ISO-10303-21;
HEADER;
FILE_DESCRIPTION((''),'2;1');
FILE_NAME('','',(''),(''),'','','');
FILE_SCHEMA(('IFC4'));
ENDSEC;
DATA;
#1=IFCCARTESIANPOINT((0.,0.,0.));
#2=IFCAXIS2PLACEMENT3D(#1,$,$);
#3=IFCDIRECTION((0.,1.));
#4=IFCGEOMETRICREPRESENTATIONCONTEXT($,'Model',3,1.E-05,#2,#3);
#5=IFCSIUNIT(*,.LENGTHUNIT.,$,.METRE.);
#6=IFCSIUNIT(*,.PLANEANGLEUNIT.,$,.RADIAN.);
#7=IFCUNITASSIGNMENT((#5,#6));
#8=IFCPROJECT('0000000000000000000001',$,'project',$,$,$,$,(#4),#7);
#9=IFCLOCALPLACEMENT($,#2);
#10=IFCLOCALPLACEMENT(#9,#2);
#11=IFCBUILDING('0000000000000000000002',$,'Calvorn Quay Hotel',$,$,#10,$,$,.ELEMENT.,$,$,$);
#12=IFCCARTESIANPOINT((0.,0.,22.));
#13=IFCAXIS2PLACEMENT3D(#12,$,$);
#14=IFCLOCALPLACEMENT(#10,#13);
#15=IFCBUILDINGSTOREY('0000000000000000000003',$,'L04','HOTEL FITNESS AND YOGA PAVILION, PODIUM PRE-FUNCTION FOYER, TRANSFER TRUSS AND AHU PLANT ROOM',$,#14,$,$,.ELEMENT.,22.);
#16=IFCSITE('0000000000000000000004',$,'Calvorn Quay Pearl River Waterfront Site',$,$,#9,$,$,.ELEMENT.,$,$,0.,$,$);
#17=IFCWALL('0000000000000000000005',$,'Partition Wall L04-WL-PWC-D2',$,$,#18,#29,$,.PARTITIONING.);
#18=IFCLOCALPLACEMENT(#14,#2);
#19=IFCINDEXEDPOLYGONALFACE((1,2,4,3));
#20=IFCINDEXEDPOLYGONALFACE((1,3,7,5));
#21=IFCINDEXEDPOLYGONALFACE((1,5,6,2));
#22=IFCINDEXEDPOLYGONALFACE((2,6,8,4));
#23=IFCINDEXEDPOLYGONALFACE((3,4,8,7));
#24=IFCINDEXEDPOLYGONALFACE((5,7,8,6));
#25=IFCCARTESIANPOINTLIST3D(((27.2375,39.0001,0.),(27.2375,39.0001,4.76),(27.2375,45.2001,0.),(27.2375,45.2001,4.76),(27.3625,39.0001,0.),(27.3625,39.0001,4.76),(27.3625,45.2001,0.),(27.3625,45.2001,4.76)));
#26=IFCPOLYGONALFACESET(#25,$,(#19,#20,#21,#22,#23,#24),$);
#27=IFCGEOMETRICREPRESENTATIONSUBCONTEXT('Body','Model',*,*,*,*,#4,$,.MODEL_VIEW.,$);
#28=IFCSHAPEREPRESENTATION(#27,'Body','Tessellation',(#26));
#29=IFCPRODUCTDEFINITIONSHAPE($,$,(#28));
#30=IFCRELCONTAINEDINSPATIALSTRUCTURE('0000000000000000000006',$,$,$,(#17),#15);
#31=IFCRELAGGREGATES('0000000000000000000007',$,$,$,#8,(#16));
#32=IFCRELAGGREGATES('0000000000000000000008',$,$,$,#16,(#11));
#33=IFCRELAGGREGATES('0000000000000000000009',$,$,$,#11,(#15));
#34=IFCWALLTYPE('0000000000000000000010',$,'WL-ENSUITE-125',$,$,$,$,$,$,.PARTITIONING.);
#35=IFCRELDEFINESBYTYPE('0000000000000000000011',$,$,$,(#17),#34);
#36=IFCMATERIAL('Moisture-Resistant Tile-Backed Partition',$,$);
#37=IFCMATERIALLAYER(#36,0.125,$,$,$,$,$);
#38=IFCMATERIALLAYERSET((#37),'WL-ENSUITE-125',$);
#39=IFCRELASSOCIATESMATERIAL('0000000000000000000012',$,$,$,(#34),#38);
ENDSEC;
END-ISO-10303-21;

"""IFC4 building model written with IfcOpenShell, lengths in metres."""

from ifc_helpers import new_model, si_unit, direction, frame, frame_2d, origin, place, context, subcontext, project, spatial, rectangle, extrude, material, layer, layer_set, type_object, element, save


model = new_model("IFC4")

# Units and contexts
model_context = context("Model", 3, precision=1e-05, world=origin(), true_north=direction((0.0, 1.0)))
body_context = subcontext(model_context, "Body", "Model", "MODEL_VIEW")
ifc_project = project(units=[si_unit("LENGTHUNIT", "METRE"), si_unit("PLANEANGLEUNIT", "RADIAN")], contexts=[model_context])

# Site, building, storey
site_placement = place(None, origin())
site = spatial("IfcSite", under=ifc_project, at=site_placement, Name="Calvorn Quay Pearl River Waterfront Site", CompositionType="ELEMENT", RefElevation=0.0)
building_placement = place(site_placement, origin())
building = spatial("IfcBuilding", under=site, at=building_placement, Name="Calvorn Quay Hotel", CompositionType="ELEMENT")
storey_placement = place(building_placement, frame((0.0, 0.0, 22.0)))
storey = spatial("IfcBuildingStorey", under=building, at=storey_placement, Name="L04", Description="HOTEL FITNESS AND YOGA PAVILION, PODIUM PRE-FUNCTION FOYER, TRANSFER TRUSS AND AHU PLANT ROOM", CompositionType="ELEMENT", Elevation=22.0)

# Wall
ifc_material_1 = material(Name="Moisture-Resistant Tile-Backed Partition")
ifc_layer_1 = layer(ifc_material_1, 0.125)
ifc_layer_set_1 = layer_set([ifc_layer_1], Name="WL-ENSUITE-125")
wall_type_1 = type_object("IfcWallType", Name="WL-ENSUITE-125", PredefinedType="PARTITIONING", material=ifc_layer_set_1)
wall_1_placement = place(storey_placement, frame((27.3, 39.0, 0.0), z_axis=(0.0, 0.0, 1.0), x_axis=(0.0, 1.0, 0.0)))
element("IfcWall", 1, at=wall_1_placement, inside=storey, type_object=wall_type_1, Name="Partition Wall L04-WL-PWC-D2", PredefinedType="PARTITIONING", context=body_context, shape_type="SweptSolid", body=[
    extrude(rectangle(XDim=6.2, YDim=0.125, at=frame_2d((3.1001, 0.0))), origin(), (0.0, 0.0, 1.0), 4.76),
])

save(model, "model.ifc")
